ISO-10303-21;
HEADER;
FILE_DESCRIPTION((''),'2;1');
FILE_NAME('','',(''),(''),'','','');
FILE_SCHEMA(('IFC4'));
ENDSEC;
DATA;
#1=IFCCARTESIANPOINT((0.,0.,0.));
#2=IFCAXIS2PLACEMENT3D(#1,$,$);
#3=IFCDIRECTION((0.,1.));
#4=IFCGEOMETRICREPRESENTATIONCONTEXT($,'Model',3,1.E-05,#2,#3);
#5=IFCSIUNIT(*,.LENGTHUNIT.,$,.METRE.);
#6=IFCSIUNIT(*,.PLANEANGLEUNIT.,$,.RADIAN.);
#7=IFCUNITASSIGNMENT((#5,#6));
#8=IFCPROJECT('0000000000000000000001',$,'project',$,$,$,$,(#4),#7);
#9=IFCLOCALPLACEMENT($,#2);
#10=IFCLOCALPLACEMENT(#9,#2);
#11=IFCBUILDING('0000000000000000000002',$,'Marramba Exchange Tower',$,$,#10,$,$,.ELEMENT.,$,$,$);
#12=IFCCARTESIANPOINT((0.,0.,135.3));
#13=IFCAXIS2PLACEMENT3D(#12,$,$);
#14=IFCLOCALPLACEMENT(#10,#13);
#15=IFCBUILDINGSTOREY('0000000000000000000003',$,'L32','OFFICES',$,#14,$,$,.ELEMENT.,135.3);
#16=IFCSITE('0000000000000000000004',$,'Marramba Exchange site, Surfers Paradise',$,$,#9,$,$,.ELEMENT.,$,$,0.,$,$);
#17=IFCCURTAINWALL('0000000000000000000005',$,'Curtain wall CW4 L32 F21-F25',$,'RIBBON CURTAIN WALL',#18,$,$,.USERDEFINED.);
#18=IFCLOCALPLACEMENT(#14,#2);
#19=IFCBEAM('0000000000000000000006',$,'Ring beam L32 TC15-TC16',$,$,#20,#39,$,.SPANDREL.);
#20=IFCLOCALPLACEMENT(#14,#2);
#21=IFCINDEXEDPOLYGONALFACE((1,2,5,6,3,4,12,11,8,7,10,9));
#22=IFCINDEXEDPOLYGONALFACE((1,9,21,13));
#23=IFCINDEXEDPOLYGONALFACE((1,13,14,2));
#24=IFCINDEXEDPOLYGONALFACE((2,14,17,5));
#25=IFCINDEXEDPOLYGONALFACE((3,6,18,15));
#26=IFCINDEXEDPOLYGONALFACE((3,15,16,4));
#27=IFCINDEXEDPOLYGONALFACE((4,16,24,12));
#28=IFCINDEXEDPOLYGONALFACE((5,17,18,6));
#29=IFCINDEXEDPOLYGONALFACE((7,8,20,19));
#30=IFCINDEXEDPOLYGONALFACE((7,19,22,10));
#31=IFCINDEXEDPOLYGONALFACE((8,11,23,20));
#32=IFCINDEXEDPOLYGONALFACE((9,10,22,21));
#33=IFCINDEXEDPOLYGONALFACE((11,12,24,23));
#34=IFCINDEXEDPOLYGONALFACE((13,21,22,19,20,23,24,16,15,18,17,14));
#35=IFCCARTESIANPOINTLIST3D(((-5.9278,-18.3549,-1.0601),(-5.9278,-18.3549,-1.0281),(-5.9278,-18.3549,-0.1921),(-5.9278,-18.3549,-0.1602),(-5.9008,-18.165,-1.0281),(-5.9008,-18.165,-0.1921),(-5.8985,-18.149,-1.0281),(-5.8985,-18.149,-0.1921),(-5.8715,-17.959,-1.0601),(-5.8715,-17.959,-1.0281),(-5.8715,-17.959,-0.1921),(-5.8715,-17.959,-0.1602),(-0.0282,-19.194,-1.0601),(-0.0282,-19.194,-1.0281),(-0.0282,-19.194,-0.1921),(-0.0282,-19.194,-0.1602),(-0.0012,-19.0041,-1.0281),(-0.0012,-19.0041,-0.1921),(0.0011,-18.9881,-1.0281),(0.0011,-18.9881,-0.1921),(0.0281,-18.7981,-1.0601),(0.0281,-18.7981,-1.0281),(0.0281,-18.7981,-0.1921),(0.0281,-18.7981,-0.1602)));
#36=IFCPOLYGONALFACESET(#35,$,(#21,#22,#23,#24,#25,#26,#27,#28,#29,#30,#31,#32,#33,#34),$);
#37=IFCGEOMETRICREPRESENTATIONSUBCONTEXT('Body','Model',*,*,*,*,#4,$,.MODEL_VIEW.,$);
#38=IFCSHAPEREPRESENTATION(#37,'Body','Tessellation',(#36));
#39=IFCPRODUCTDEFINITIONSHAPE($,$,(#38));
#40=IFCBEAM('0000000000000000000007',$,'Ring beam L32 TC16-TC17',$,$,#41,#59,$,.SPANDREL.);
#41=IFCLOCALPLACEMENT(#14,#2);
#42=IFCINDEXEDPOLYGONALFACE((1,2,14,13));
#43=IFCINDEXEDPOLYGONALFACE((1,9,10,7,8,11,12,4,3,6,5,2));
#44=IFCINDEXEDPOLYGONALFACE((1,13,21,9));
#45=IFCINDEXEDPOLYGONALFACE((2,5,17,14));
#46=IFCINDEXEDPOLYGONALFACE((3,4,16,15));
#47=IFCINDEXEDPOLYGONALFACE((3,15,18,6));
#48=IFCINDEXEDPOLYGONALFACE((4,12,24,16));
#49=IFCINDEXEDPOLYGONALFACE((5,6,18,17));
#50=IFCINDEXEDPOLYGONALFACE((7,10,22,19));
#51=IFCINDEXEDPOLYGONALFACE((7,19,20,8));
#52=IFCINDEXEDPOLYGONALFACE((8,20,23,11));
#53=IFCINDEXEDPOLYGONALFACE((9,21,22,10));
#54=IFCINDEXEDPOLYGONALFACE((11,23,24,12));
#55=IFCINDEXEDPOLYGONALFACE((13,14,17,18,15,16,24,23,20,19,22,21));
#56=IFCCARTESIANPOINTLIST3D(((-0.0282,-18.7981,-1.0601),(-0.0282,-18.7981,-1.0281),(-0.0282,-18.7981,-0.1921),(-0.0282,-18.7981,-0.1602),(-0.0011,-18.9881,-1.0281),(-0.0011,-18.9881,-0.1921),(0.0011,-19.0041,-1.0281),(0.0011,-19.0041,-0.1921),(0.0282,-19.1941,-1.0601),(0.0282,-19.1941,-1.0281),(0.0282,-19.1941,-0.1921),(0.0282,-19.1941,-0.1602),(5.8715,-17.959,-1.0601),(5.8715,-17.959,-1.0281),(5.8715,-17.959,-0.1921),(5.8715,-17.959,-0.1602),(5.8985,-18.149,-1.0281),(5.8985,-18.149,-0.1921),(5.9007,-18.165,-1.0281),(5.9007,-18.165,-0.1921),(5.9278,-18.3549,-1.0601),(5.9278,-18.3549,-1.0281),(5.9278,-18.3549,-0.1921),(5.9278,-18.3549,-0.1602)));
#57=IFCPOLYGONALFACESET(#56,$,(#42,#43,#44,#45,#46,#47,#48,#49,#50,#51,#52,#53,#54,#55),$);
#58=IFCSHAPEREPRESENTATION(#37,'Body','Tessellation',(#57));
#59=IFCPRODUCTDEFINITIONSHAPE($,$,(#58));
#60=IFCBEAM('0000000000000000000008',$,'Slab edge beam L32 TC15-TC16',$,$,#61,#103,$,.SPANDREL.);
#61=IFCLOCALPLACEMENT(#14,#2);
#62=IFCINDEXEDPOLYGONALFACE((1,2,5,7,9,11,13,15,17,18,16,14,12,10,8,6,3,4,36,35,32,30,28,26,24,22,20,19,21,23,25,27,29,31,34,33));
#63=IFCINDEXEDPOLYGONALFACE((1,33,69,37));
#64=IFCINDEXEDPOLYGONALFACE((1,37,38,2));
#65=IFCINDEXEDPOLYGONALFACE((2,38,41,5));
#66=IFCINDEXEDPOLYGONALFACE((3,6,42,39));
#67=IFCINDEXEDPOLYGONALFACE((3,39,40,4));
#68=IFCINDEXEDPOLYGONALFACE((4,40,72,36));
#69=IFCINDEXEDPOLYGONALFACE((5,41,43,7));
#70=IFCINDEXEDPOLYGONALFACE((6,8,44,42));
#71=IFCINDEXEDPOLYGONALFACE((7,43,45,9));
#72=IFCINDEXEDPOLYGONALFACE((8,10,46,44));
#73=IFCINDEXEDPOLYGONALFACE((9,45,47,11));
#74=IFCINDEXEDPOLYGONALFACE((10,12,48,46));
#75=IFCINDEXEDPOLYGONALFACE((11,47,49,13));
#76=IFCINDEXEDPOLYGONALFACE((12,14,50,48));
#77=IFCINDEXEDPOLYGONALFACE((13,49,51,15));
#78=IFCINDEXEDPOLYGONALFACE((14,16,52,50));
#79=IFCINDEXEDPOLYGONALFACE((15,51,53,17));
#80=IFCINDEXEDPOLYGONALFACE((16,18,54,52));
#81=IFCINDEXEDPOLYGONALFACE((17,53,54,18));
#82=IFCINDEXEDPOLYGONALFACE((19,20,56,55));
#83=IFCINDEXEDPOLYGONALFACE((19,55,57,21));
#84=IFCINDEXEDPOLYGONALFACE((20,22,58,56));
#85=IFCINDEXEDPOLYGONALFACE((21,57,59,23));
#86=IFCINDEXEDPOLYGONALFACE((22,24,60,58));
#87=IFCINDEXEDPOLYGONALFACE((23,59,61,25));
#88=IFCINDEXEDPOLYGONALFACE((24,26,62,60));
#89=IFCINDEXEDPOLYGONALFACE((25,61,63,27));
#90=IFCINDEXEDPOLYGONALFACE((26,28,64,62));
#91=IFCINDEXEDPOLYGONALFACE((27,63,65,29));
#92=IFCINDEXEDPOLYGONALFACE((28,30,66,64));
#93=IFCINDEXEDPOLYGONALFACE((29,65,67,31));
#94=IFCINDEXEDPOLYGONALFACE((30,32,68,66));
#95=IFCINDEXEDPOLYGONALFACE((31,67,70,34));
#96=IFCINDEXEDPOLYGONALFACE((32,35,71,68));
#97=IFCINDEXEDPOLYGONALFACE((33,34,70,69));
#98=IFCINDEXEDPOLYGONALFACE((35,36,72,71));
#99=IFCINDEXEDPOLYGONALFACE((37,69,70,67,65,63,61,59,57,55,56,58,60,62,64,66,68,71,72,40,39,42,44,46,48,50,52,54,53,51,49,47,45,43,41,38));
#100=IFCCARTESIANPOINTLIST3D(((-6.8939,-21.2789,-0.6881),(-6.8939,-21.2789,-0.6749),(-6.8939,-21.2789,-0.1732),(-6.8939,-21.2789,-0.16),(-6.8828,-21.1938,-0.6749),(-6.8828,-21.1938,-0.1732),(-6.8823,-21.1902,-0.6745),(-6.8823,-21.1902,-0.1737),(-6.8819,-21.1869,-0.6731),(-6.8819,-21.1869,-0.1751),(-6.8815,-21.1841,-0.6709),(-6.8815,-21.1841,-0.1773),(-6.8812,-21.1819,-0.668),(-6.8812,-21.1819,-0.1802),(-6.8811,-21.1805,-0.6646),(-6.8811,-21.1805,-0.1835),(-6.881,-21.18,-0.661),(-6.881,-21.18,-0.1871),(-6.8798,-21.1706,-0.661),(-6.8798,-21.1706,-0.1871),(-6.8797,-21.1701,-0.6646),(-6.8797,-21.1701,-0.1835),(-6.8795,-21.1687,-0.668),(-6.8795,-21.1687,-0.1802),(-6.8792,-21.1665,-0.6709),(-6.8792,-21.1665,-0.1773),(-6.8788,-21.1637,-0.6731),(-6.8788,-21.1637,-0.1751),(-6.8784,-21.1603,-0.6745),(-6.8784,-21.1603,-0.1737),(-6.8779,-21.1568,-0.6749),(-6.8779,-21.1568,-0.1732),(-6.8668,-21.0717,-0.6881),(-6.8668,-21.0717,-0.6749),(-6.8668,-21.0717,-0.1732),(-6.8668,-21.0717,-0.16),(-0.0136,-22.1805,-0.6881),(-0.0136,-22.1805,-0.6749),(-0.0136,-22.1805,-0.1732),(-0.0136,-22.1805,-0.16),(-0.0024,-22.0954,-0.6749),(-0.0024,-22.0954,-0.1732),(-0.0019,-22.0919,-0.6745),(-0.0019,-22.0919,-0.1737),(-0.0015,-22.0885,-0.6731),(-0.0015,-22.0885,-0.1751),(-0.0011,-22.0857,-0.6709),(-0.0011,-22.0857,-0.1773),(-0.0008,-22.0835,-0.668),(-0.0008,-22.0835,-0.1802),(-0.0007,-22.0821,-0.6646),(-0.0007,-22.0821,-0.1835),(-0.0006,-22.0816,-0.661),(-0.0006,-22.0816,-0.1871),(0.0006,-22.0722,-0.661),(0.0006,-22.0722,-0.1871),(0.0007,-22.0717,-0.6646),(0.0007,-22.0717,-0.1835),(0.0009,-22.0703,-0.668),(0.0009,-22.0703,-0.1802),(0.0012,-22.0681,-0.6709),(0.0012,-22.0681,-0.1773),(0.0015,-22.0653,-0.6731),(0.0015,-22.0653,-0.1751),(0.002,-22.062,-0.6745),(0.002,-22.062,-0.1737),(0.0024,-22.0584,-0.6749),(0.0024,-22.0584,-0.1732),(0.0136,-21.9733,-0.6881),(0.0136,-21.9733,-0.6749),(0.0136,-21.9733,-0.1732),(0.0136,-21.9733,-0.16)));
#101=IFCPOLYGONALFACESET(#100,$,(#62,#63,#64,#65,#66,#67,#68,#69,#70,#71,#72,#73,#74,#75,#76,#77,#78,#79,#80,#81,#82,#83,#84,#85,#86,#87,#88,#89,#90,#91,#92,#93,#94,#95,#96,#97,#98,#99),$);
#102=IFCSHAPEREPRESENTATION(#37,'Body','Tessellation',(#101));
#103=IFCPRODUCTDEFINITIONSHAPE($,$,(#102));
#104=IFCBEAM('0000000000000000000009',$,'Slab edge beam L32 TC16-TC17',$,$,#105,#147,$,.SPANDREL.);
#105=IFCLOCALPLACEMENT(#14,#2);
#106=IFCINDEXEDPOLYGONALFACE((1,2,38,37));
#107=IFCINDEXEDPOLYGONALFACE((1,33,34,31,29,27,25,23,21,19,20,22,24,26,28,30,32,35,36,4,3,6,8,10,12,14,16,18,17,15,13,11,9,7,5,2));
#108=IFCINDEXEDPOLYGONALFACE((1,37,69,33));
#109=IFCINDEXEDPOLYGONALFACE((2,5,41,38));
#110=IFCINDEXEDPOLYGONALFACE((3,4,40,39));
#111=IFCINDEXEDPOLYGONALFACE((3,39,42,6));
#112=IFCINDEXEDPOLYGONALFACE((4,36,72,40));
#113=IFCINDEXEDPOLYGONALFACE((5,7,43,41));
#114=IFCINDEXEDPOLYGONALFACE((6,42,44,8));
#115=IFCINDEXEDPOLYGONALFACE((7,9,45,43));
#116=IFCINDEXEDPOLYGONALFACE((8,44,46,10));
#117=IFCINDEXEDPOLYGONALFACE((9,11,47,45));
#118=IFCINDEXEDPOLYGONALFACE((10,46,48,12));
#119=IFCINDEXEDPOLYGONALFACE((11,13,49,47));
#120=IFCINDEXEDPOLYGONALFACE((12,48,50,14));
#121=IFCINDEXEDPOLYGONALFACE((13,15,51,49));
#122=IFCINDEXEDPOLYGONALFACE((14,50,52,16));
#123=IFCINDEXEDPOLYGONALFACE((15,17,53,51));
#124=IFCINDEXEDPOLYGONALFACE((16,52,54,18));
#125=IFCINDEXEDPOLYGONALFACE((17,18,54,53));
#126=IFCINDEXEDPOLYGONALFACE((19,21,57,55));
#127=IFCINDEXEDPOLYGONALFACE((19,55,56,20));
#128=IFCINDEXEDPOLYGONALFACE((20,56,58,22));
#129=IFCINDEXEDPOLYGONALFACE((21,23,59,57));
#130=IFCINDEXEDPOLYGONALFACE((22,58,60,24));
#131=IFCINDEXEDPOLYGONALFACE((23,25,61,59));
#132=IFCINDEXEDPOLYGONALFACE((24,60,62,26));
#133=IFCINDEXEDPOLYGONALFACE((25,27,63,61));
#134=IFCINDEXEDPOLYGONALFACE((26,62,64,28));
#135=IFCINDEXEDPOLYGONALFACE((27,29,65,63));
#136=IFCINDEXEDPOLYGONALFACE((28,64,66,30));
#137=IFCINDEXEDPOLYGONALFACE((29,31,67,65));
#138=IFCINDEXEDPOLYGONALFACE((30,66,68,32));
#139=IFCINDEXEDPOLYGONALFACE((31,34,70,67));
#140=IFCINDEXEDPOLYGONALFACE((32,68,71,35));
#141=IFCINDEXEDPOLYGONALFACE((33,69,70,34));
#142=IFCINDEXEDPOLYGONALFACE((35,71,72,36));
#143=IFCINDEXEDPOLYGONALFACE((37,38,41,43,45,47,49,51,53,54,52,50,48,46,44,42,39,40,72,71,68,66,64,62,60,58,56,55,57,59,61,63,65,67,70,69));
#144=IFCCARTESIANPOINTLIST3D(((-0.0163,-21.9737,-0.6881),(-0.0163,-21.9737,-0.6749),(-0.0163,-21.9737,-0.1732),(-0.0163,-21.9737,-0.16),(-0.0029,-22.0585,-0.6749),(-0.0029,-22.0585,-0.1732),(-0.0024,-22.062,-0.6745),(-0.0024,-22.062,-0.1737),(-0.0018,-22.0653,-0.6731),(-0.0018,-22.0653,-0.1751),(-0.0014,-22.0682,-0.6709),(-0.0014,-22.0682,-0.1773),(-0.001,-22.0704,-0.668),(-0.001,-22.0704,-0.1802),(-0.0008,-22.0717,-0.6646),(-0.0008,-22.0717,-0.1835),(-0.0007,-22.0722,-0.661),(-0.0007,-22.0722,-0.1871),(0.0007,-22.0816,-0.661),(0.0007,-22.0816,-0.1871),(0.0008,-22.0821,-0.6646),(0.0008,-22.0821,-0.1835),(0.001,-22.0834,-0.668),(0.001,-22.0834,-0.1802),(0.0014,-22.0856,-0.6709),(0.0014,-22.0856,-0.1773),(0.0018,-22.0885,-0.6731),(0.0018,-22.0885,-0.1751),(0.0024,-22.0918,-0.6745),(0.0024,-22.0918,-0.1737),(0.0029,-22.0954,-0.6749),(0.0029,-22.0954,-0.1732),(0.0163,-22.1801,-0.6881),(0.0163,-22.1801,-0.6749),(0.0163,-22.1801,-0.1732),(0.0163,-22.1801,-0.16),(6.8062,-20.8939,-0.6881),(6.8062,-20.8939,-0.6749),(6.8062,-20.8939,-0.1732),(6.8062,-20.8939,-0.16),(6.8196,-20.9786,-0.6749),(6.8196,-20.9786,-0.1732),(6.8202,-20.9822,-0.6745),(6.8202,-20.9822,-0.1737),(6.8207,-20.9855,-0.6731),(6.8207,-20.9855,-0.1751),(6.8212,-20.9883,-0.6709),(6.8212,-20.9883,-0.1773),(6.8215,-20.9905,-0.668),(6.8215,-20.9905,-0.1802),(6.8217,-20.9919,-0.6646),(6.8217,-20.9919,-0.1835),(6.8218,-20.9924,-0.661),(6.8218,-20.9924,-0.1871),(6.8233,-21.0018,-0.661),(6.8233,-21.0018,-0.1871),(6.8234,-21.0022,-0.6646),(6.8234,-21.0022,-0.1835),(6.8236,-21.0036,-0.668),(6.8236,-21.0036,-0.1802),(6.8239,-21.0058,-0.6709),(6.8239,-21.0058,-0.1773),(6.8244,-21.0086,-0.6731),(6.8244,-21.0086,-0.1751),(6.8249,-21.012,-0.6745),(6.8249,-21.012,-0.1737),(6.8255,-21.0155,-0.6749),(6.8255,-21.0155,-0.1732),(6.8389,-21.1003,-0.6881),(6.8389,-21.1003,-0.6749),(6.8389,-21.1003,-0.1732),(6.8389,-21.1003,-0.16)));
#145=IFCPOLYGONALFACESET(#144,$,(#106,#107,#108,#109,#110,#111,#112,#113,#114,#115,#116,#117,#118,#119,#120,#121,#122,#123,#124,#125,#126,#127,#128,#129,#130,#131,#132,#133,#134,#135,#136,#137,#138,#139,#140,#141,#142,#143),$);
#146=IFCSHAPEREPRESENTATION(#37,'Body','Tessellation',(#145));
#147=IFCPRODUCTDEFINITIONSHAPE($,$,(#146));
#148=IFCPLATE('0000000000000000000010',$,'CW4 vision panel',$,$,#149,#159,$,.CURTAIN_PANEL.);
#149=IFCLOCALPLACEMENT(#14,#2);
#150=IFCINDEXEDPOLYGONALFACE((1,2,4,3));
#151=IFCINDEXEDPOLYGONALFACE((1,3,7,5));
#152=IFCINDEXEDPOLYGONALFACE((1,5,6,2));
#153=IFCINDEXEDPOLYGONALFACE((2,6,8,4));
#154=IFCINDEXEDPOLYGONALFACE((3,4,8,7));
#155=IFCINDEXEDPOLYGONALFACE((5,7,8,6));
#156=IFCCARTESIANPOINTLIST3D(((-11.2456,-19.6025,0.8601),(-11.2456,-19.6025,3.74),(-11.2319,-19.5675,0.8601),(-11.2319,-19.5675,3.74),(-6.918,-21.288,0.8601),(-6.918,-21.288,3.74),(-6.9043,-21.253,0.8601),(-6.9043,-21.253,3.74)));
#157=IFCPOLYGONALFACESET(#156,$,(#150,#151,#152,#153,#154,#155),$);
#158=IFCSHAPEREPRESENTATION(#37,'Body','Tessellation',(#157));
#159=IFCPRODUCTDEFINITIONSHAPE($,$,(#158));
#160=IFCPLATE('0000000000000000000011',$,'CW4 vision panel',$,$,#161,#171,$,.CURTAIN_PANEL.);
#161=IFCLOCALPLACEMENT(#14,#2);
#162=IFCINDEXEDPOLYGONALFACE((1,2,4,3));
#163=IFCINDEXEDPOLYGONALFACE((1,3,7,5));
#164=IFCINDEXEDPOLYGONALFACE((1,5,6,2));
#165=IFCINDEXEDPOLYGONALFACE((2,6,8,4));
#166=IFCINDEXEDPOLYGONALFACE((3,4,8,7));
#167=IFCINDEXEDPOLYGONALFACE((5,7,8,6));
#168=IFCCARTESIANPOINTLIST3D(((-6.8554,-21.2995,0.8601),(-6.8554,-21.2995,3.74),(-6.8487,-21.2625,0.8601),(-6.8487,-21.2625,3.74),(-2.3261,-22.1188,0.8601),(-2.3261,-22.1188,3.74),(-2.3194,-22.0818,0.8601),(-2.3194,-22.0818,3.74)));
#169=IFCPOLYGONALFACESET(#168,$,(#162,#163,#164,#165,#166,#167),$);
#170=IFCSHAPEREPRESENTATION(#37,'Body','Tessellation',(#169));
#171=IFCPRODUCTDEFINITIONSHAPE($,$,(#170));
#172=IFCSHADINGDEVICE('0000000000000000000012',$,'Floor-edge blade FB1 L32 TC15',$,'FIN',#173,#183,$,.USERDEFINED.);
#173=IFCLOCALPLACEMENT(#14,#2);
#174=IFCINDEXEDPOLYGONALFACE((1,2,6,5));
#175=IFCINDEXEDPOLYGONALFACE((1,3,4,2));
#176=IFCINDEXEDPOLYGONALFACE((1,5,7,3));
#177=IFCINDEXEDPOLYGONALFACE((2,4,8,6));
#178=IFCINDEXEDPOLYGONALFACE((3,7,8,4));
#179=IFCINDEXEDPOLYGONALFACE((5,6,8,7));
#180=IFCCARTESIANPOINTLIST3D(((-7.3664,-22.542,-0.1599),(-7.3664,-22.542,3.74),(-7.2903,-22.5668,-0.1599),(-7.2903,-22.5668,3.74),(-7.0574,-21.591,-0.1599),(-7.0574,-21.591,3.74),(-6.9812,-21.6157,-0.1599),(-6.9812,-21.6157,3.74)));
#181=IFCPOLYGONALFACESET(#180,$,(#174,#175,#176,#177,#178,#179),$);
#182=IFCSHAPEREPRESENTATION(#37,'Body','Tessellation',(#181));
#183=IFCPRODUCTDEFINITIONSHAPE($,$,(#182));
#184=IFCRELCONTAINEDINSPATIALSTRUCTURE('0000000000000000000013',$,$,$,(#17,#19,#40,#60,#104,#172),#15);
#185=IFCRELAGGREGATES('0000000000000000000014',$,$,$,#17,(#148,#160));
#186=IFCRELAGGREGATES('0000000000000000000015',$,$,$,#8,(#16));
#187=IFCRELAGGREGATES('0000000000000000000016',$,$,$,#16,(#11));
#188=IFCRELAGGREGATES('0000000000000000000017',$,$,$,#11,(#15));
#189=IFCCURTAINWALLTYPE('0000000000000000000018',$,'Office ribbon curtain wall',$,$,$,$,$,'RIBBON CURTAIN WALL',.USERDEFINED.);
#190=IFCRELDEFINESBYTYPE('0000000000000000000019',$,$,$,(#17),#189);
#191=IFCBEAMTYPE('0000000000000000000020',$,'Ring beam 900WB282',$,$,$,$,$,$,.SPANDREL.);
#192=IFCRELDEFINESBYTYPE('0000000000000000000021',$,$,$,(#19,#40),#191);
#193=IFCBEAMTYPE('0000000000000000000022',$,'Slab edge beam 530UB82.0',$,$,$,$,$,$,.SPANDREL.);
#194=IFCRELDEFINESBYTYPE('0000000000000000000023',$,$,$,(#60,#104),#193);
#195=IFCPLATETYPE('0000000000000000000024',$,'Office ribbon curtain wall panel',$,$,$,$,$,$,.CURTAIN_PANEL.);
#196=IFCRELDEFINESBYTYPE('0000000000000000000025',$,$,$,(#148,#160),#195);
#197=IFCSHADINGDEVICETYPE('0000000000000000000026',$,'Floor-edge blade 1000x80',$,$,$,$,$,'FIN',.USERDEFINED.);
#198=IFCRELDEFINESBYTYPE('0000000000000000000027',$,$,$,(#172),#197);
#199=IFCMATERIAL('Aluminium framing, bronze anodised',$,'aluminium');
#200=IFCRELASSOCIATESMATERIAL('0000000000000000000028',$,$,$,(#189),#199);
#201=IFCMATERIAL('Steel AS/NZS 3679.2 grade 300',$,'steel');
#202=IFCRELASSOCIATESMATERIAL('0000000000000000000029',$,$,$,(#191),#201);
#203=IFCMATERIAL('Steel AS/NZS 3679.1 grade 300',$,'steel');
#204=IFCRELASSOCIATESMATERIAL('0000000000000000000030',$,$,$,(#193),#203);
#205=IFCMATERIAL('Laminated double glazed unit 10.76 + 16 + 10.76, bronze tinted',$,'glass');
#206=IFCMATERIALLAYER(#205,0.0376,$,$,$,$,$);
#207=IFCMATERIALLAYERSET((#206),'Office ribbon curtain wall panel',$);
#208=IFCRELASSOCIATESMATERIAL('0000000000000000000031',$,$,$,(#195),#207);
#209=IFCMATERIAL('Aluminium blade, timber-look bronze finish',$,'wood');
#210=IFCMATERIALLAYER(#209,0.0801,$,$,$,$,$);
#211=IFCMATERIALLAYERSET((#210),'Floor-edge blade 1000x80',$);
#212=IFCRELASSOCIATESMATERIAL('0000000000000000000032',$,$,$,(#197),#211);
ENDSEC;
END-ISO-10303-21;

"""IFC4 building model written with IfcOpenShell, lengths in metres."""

from ifc_helpers import new_model, si_unit, direction, frame, origin, origin_2d, place, context, subcontext, project, spatial, rectangle, i_section, extrude, material, layer, layer_set, material_profile, profile_set, type_object, element, aggregate, save


model = new_model("IFC4")

# Units and contexts
model_context = context("Model", 3, precision=1e-05, world=origin(), true_north=direction((0.0, 1.0)))
body_context = subcontext(model_context, "Body", "Model", "MODEL_VIEW")
ifc_project = project(units=[si_unit("LENGTHUNIT", "METRE"), si_unit("PLANEANGLEUNIT", "RADIAN")], contexts=[model_context])

# Site, building, storey
site_placement = place(None, origin())
site = spatial("IfcSite", under=ifc_project, at=site_placement, Name="Marramba Exchange site, Surfers Paradise", CompositionType="ELEMENT", RefElevation=0.0)
building_placement = place(site_placement, origin())
building = spatial("IfcBuilding", under=site, at=building_placement, Name="Marramba Exchange Tower", CompositionType="ELEMENT")
storey_placement = place(building_placement, frame((0.0, 0.0, 135.3)))
storey = spatial("IfcBuildingStorey", under=building, at=storey_placement, Name="L32", Description="OFFICES", CompositionType="ELEMENT", Elevation=135.3)

# Shared definitions
ifc_material_1 = material(Name="Steel AS/NZS 3679.2 grade 300", Category="steel")

# Curtain wall
ifc_material_2 = material(Name="Aluminium framing, bronze anodised", Category="aluminium")
curtain_wall_type = type_object("IfcCurtainWallType", Name="Office ribbon curtain wall", ElementType="RIBBON CURTAIN WALL", PredefinedType="USERDEFINED", material=ifc_material_2)
curtain_wall_placement = place(storey_placement, origin())
curtain_wall = element("IfcCurtainWall", 1, at=curtain_wall_placement, inside=storey, type_object=curtain_wall_type, Name="Curtain wall CW4 L32 F21-F25", ObjectType="RIBBON CURTAIN WALL", PredefinedType="USERDEFINED")

# Beams
ifc_material_profile_1 = material_profile(ifc_material_1, i_section(OverallWidth=0.3999, OverallDepth=0.8999, WebThickness=0.0161, FlangeThickness=0.032, at=origin_2d()), Name="900WB282")
ifc_profile_set_1 = profile_set([ifc_material_profile_1], Name="Steel AS/NZS 3679.2 grade 300")
beam_type_1 = type_object("IfcBeamType", Name="Ring beam 900WB282", PredefinedType="SPANDREL", material=ifc_profile_set_1)
for number, where, z_axis, x_axis, name in (
    (2, (-5.8997, -18.157, -0.6101), (0.990036, -0.140813, 0.0), (0.140813, 0.990036, 0.0), "Ring beam L32 TC15-TC16"),
    (3, (0.0, -18.9961, -0.6101), (0.990036, 0.140813, 0.0), (-0.140813, 0.990036, 0.0), "Ring beam L32 TC16-TC17"),
):
    element("IfcBeam", number, at=place(storey_placement, frame(where, z_axis=z_axis, x_axis=x_axis)), inside=storey, type_object=beam_type_1, Name=name, PredefinedType="SPANDREL", context=body_context, shape_type="SweptSolid", body=[
        extrude(i_section(OverallWidth=0.3999, OverallDepth=0.8999, WebThickness=0.0161, FlangeThickness=0.032, at=origin_2d()), origin(), (0.0, 0.0, 1.0), 5.959),
    ])
ifc_material_3 = material(Name="Steel AS/NZS 3679.1 grade 300", Category="steel")
ifc_material_profile_2 = material_profile(ifc_material_3, i_section(OverallWidth=0.209, OverallDepth=0.5281, WebThickness=0.0095, FlangeThickness=0.0132, FilletRadius=0.0139, at=origin_2d()), Name="530UB82.0")
ifc_profile_set_2 = profile_set([ifc_material_profile_2], Name="Steel AS/NZS 3679.1 grade 300")
beam_type_2 = type_object("IfcBeamType", Name="Slab edge beam 530UB82.0", PredefinedType="SPANDREL", material=ifc_profile_set_2)
beam_1_placement = place(storey_placement, frame((-6.8804, -21.1753, -0.4241), z_axis=(0.991523, -0.12993, 0.0), x_axis=(0.12993, 0.991523, 0.0)))
element("IfcBeam", 4, at=beam_1_placement, inside=storey, type_object=beam_type_2, Name="Slab edge beam L32 TC15-TC16", PredefinedType="SPANDREL", context=body_context, shape_type="SweptSolid", body=[
    extrude(i_section(OverallWidth=0.209, OverallDepth=0.5281, WebThickness=0.0095, FlangeThickness=0.0132, FilletRadius=0.0139, at=origin_2d()), origin(), (0.0, 0.0, 1.0), 6.9392),
])
beam_2_placement = place(storey_placement, frame((0.0, -22.0769, -0.4241), z_axis=(0.987705, 0.156329, 0.0), x_axis=(-0.156329, 0.987705, 0.0)))
element("IfcBeam", 5, at=beam_2_placement, inside=storey, type_object=beam_type_2, Name="Slab edge beam L32 TC16-TC17", PredefinedType="SPANDREL", context=body_context, shape_type="SweptSolid", body=[
    extrude(i_section(OverallWidth=0.209, OverallDepth=0.5281, WebThickness=0.0095, FlangeThickness=0.0132, FilletRadius=0.0139, at=origin_2d()), origin(), (0.0, 0.0, 1.0), 6.9075),
])

# Plates
ifc_material_4 = material(Name="Laminated double glazed unit 10.76 + 16 + 10.76, bronze tinted", Category="glass")
ifc_layer_1 = layer(ifc_material_4, 0.0376)
ifc_layer_set_1 = layer_set([ifc_layer_1], Name="Office ribbon curtain wall panel")
plate_type = type_object("IfcPlateType", Name="Office ribbon curtain wall panel", PredefinedType="CURTAIN_PANEL", material=ifc_layer_set_1)
plate_1_placement = place(storey_placement, frame((-9.075, -20.4277, 0.8601), z_axis=(0.0, 0.0, 1.0), x_axis=(0.931818, -0.362925, 0.0)))
plate_1 = element("IfcPlate", 6, at=plate_1_placement, type_object=plate_type, Name="CW4 vision panel", PredefinedType="CURTAIN_PANEL", context=body_context, shape_type="SweptSolid", body=[
    extrude(rectangle(XDim=4.6443, YDim=0.0376, at=origin_2d()), origin(), (0.0, 0.0, 1.0), 2.8799),
])
plate_2_placement = place(storey_placement, frame((-4.5874, -21.6907, 0.8601), z_axis=(0.0, 0.0, 1.0), x_axis=(0.984032, -0.177992, 0.0)))
plate_2 = element("IfcPlate", 7, at=plate_2_placement, type_object=plate_type, Name="CW4 vision panel", PredefinedType="CURTAIN_PANEL", context=body_context, shape_type="SweptSolid", body=[
    extrude(rectangle(XDim=4.6028, YDim=0.0376, at=origin_2d()), origin(), (0.0, 0.0, 1.0), 2.8799),
])
aggregate(curtain_wall, [plate_1, plate_2])

# Shading device
ifc_material_5 = material(Name="Aluminium blade, timber-look bronze finish", Category="wood")
ifc_layer_2 = layer(ifc_material_5, 0.0801)
ifc_layer_set_2 = layer_set([ifc_layer_2], Name="Floor-edge blade 1000x80")
shading_device_type_1 = type_object("IfcShadingDeviceType", Name="Floor-edge blade 1000x80", ElementType="FIN", PredefinedType="USERDEFINED", material=ifc_layer_set_2)
shading_device_1_placement = place(storey_placement, frame((-7.1738, -22.0789, -0.1599), z_axis=(0.0, 0.0, 1.0), x_axis=(-0.309017, -0.951057, 0.0)))
element("IfcShadingDevice", 8, at=shading_device_1_placement, inside=storey, type_object=shading_device_type_1, Name="Floor-edge blade FB1 L32 TC15", ObjectType="FIN", PredefinedType="USERDEFINED", context=body_context, shape_type="SweptSolid", body=[
    extrude(rectangle(XDim=1.0, YDim=0.0801, at=origin_2d()), origin(), (0.0, 0.0, 1.0), 3.8999),
])

save(model, "model.ifc")
